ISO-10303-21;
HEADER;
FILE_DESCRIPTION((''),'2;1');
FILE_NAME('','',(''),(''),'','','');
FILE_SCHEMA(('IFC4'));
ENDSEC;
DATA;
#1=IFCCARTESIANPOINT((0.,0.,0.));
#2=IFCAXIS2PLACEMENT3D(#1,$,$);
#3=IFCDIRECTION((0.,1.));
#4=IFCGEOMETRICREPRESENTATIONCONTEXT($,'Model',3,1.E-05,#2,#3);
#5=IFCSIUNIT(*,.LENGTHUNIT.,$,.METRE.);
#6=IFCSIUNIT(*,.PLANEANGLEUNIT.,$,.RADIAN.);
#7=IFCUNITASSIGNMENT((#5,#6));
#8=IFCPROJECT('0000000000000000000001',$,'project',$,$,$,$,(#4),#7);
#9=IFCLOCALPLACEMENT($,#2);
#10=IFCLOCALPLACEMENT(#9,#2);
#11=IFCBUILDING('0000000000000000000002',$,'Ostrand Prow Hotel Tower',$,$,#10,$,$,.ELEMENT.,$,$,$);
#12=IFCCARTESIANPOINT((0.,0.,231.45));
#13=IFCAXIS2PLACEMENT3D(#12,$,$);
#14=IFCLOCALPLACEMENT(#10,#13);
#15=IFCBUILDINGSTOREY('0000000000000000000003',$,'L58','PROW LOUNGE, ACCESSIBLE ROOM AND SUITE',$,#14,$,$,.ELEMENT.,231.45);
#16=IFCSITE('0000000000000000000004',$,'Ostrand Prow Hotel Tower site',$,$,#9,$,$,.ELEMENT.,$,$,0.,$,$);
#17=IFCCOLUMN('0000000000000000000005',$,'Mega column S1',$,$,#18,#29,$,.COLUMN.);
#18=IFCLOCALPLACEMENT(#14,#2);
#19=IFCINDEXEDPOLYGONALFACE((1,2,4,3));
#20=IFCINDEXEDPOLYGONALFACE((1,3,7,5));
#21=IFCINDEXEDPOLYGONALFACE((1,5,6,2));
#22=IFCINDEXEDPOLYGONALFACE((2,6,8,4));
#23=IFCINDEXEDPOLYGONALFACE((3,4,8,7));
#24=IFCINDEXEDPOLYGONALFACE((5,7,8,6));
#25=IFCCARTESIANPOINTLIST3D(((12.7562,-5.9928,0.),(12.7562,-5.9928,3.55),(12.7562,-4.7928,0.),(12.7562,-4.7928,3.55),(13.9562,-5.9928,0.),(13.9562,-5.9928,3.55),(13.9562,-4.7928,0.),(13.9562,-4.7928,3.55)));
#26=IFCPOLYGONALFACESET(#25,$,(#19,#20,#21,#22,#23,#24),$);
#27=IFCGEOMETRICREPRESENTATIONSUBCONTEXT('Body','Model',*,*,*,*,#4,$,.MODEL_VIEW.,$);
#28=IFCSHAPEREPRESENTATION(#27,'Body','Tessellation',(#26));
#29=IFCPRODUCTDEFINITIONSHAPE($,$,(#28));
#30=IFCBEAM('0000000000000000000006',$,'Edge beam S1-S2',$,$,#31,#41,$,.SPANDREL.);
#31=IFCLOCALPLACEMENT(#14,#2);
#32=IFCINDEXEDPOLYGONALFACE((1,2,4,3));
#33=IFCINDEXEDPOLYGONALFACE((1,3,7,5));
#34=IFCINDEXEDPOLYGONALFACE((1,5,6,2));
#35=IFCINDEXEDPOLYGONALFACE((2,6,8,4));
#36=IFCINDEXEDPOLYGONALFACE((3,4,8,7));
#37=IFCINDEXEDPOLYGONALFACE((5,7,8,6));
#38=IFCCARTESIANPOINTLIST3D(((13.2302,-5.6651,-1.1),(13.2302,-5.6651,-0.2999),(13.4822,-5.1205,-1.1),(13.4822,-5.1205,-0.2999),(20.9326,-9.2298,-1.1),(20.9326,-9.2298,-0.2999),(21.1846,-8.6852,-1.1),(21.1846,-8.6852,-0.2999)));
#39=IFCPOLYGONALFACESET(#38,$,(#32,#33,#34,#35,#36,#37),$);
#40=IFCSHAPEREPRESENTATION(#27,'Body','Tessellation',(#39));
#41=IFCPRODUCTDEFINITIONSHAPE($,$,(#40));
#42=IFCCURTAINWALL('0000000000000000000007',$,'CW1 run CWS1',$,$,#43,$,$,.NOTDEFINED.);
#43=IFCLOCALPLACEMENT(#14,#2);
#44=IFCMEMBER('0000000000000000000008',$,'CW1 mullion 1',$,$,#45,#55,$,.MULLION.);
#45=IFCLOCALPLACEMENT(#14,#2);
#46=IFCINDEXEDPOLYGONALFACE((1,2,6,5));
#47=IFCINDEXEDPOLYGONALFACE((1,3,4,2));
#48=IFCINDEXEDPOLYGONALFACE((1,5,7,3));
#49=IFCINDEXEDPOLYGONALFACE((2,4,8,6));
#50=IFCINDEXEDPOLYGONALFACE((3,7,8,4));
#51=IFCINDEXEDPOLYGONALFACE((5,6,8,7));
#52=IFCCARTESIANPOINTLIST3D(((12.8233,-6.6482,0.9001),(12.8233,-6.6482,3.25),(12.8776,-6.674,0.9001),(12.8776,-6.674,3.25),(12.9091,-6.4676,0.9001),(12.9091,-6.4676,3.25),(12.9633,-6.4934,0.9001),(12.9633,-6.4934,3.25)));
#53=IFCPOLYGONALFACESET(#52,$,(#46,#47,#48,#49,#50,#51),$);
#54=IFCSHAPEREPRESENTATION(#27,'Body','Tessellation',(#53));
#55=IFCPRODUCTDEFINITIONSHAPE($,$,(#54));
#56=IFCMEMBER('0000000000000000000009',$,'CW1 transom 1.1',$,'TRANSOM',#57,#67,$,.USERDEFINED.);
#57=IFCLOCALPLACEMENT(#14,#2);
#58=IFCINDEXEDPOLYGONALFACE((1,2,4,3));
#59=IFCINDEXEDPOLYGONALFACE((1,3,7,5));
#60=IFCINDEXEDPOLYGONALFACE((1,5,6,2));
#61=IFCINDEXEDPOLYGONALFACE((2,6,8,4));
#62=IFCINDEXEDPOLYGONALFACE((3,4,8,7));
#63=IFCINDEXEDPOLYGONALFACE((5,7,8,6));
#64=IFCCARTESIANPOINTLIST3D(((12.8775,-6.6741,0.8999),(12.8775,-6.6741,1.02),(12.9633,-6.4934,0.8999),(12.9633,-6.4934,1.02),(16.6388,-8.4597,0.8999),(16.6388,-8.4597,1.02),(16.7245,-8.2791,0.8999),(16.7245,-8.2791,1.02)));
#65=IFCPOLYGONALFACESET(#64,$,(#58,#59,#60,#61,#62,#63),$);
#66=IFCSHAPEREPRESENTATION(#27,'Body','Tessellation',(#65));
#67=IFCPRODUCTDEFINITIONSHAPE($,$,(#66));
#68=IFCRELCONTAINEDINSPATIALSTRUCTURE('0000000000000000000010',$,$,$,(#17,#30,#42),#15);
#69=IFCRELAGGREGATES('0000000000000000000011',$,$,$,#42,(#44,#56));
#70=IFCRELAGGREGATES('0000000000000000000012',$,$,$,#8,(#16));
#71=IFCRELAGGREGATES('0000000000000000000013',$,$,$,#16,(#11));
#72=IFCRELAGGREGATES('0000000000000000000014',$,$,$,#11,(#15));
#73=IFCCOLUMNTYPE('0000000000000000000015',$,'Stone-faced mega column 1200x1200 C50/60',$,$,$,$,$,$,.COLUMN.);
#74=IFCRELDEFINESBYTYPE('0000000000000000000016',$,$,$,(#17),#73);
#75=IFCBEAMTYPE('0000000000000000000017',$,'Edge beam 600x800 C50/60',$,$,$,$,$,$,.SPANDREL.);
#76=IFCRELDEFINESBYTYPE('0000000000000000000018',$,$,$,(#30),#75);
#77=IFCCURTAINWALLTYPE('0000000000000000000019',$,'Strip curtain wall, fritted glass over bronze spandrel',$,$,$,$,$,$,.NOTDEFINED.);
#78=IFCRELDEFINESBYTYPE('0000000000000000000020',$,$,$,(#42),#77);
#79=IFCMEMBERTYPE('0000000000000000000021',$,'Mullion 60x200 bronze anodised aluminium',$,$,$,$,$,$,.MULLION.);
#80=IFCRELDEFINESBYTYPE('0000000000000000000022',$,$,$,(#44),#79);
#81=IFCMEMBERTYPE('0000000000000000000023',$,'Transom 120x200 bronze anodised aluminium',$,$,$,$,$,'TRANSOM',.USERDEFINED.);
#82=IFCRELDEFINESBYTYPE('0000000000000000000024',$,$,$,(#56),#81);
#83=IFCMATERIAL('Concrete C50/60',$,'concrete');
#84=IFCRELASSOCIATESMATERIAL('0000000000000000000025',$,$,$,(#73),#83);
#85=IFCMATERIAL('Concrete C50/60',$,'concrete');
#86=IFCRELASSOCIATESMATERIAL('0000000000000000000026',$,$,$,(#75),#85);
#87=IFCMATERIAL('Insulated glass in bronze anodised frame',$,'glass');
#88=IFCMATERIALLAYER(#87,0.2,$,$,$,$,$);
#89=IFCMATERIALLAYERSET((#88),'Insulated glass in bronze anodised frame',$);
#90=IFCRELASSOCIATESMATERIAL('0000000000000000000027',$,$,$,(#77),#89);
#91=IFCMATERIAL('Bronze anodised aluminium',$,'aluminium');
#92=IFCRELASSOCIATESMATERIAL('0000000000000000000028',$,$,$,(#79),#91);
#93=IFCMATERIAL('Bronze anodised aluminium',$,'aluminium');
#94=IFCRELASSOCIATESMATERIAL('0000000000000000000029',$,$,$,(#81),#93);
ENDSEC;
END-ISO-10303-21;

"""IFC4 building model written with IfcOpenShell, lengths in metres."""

from ifc_helpers import new_model, si_unit, direction, frame, origin, origin_2d, place, context, subcontext, project, spatial, rectangle, extrude, material, layer, layer_set, material_profile, profile_set, type_object, element, aggregate, save


model = new_model("IFC4")

# Units and contexts
model_context = context("Model", 3, precision=1e-05, world=origin(), true_north=direction((0.0, 1.0)))
body_context = subcontext(model_context, "Body", "Model", "MODEL_VIEW")
ifc_project = project(units=[si_unit("LENGTHUNIT", "METRE"), si_unit("PLANEANGLEUNIT", "RADIAN")], contexts=[model_context])

# Site, building, storey
site_placement = place(None, origin())
site = spatial("IfcSite", under=ifc_project, at=site_placement, Name="Ostrand Prow Hotel Tower site", CompositionType="ELEMENT", RefElevation=0.0)
building_placement = place(site_placement, origin())
building = spatial("IfcBuilding", under=site, at=building_placement, Name="Ostrand Prow Hotel Tower", CompositionType="ELEMENT")
storey_placement = place(building_placement, frame((0.0, 0.0, 231.45)))
storey = spatial("IfcBuildingStorey", under=building, at=storey_placement, Name="L58", Description="PROW LOUNGE, ACCESSIBLE ROOM AND SUITE", CompositionType="ELEMENT", Elevation=231.45)

# Column
ifc_material_1 = material(Name="Concrete C50/60", Category="concrete")
ifc_material_profile_1 = material_profile(ifc_material_1, rectangle(XDim=1.2, YDim=1.2, at=origin_2d()), Name="RC 1200x1200")
ifc_profile_set_1 = profile_set([ifc_material_profile_1], Name="Concrete C50/60")
column_type = type_object("IfcColumnType", Name="Stone-faced mega column 1200x1200 C50/60", PredefinedType="COLUMN", material=ifc_profile_set_1)
column_placement = place(storey_placement, frame((13.3562, -5.3928, 0.0), z_axis=(0.0, 0.0, 1.0), x_axis=(1.0, 0.0, 0.0)))
element("IfcColumn", 1, at=column_placement, inside=storey, type_object=column_type, Name="Mega column S1", PredefinedType="COLUMN", context=body_context, shape_type="SweptSolid", body=[
    extrude(rectangle(XDim=1.2, YDim=1.2, at=origin_2d()), origin(), (0.0, 0.0, 1.0), 3.55),
])

# Beam
ifc_material_2 = material(Name="Concrete C50/60", Category="concrete")
ifc_material_profile_2 = material_profile(ifc_material_2, rectangle(XDim=0.6001, YDim=0.8, at=origin_2d()), Name="RC 600x800")
ifc_profile_set_2 = profile_set([ifc_material_profile_2], Name="Concrete C50/60")
beam_type = type_object("IfcBeamType", Name="Edge beam 600x800 C50/60", PredefinedType="SPANDREL", material=ifc_profile_set_2)
beam_placement = place(storey_placement, frame((13.3562, -5.3928, -0.7), z_axis=(0.907522, -0.420005, 0.0), x_axis=(0.420005, 0.907522, 0.0)))
element("IfcBeam", 2, at=beam_placement, inside=storey, type_object=beam_type, Name="Edge beam S1-S2", PredefinedType="SPANDREL", context=body_context, shape_type="SweptSolid", body=[
    extrude(rectangle(XDim=0.6001, YDim=0.8, at=origin_2d()), origin(), (0.0, 0.0, 1.0), 8.4873),
])

# Curtain wall, members
ifc_material_3 = material(Name="Insulated glass in bronze anodised frame", Category="glass")
ifc_layer_1 = layer(ifc_material_3, 0.2)
ifc_layer_set_1 = layer_set([ifc_layer_1], Name="Insulated glass in bronze anodised frame")
curtain_wall_type = type_object("IfcCurtainWallType", Name="Strip curtain wall, fritted glass over bronze spandrel", PredefinedType="NOTDEFINED", material=ifc_layer_set_1)
curtain_wall_placement = place(storey_placement, origin())
curtain_wall = element("IfcCurtainWall", 3, at=curtain_wall_placement, inside=storey, type_object=curtain_wall_type, Name="CW1 run CWS1", PredefinedType="NOTDEFINED")
ifc_material_4 = material(Name="Bronze anodised aluminium", Category="aluminium")
ifc_material_profile_3 = material_profile(ifc_material_4, rectangle(XDim=0.2, YDim=0.0601, at=origin_2d()), Name="Mullion 60x200 bronze anodised aluminium")
ifc_profile_set_3 = profile_set([ifc_material_profile_3], Name="Bronze anodised aluminium")
member_type_1 = type_object("IfcMemberType", Name="Mullion 60x200 bronze anodised aluminium", PredefinedType="MULLION", material=ifc_profile_set_3)
member_1_placement = place(storey_placement, frame((12.8933, -6.5708, 0.9001), z_axis=(0.0, 0.0, 1.0), x_axis=(0.428861, 0.90337, 0.0)))
member_1 = element("IfcMember", 4, at=member_1_placement, type_object=member_type_1, Name="CW1 mullion 1", PredefinedType="MULLION", context=body_context, shape_type="SweptSolid", body=[
    extrude(rectangle(XDim=0.2, YDim=0.0601, at=origin_2d()), origin(), (0.0, 0.0, 1.0), 2.3499),
])
ifc_material_5 = material(Name="Bronze anodised aluminium", Category="aluminium")
ifc_material_profile_4 = material_profile(ifc_material_5, rectangle(XDim=0.2, YDim=0.1201, at=origin_2d()), Name="Transom 120x200 bronze anodised aluminium")
ifc_profile_set_4 = profile_set([ifc_material_profile_4], Name="Bronze anodised aluminium")
member_type_2 = type_object("IfcMemberType", Name="Transom 120x200 bronze anodised aluminium", ElementType="TRANSOM", PredefinedType="USERDEFINED", material=ifc_profile_set_4)
member_2_placement = place(storey_placement, frame((12.9204, -6.5837, 0.96), z_axis=(0.903365, -0.428873, 0.0), x_axis=(0.428873, 0.903365, 0.0)))
member_2 = element("IfcMember", 5, at=member_2_placement, type_object=member_type_2, Name="CW1 transom 1.1", ObjectType="TRANSOM", PredefinedType="USERDEFINED", context=body_context, shape_type="SweptSolid", body=[
    extrude(rectangle(XDim=0.2, YDim=0.1201, at=origin_2d()), origin(), (0.0, 0.0, 1.0), 4.1636),
])
aggregate(curtain_wall, [member_1, member_2])

save(model, "model.ifc")
